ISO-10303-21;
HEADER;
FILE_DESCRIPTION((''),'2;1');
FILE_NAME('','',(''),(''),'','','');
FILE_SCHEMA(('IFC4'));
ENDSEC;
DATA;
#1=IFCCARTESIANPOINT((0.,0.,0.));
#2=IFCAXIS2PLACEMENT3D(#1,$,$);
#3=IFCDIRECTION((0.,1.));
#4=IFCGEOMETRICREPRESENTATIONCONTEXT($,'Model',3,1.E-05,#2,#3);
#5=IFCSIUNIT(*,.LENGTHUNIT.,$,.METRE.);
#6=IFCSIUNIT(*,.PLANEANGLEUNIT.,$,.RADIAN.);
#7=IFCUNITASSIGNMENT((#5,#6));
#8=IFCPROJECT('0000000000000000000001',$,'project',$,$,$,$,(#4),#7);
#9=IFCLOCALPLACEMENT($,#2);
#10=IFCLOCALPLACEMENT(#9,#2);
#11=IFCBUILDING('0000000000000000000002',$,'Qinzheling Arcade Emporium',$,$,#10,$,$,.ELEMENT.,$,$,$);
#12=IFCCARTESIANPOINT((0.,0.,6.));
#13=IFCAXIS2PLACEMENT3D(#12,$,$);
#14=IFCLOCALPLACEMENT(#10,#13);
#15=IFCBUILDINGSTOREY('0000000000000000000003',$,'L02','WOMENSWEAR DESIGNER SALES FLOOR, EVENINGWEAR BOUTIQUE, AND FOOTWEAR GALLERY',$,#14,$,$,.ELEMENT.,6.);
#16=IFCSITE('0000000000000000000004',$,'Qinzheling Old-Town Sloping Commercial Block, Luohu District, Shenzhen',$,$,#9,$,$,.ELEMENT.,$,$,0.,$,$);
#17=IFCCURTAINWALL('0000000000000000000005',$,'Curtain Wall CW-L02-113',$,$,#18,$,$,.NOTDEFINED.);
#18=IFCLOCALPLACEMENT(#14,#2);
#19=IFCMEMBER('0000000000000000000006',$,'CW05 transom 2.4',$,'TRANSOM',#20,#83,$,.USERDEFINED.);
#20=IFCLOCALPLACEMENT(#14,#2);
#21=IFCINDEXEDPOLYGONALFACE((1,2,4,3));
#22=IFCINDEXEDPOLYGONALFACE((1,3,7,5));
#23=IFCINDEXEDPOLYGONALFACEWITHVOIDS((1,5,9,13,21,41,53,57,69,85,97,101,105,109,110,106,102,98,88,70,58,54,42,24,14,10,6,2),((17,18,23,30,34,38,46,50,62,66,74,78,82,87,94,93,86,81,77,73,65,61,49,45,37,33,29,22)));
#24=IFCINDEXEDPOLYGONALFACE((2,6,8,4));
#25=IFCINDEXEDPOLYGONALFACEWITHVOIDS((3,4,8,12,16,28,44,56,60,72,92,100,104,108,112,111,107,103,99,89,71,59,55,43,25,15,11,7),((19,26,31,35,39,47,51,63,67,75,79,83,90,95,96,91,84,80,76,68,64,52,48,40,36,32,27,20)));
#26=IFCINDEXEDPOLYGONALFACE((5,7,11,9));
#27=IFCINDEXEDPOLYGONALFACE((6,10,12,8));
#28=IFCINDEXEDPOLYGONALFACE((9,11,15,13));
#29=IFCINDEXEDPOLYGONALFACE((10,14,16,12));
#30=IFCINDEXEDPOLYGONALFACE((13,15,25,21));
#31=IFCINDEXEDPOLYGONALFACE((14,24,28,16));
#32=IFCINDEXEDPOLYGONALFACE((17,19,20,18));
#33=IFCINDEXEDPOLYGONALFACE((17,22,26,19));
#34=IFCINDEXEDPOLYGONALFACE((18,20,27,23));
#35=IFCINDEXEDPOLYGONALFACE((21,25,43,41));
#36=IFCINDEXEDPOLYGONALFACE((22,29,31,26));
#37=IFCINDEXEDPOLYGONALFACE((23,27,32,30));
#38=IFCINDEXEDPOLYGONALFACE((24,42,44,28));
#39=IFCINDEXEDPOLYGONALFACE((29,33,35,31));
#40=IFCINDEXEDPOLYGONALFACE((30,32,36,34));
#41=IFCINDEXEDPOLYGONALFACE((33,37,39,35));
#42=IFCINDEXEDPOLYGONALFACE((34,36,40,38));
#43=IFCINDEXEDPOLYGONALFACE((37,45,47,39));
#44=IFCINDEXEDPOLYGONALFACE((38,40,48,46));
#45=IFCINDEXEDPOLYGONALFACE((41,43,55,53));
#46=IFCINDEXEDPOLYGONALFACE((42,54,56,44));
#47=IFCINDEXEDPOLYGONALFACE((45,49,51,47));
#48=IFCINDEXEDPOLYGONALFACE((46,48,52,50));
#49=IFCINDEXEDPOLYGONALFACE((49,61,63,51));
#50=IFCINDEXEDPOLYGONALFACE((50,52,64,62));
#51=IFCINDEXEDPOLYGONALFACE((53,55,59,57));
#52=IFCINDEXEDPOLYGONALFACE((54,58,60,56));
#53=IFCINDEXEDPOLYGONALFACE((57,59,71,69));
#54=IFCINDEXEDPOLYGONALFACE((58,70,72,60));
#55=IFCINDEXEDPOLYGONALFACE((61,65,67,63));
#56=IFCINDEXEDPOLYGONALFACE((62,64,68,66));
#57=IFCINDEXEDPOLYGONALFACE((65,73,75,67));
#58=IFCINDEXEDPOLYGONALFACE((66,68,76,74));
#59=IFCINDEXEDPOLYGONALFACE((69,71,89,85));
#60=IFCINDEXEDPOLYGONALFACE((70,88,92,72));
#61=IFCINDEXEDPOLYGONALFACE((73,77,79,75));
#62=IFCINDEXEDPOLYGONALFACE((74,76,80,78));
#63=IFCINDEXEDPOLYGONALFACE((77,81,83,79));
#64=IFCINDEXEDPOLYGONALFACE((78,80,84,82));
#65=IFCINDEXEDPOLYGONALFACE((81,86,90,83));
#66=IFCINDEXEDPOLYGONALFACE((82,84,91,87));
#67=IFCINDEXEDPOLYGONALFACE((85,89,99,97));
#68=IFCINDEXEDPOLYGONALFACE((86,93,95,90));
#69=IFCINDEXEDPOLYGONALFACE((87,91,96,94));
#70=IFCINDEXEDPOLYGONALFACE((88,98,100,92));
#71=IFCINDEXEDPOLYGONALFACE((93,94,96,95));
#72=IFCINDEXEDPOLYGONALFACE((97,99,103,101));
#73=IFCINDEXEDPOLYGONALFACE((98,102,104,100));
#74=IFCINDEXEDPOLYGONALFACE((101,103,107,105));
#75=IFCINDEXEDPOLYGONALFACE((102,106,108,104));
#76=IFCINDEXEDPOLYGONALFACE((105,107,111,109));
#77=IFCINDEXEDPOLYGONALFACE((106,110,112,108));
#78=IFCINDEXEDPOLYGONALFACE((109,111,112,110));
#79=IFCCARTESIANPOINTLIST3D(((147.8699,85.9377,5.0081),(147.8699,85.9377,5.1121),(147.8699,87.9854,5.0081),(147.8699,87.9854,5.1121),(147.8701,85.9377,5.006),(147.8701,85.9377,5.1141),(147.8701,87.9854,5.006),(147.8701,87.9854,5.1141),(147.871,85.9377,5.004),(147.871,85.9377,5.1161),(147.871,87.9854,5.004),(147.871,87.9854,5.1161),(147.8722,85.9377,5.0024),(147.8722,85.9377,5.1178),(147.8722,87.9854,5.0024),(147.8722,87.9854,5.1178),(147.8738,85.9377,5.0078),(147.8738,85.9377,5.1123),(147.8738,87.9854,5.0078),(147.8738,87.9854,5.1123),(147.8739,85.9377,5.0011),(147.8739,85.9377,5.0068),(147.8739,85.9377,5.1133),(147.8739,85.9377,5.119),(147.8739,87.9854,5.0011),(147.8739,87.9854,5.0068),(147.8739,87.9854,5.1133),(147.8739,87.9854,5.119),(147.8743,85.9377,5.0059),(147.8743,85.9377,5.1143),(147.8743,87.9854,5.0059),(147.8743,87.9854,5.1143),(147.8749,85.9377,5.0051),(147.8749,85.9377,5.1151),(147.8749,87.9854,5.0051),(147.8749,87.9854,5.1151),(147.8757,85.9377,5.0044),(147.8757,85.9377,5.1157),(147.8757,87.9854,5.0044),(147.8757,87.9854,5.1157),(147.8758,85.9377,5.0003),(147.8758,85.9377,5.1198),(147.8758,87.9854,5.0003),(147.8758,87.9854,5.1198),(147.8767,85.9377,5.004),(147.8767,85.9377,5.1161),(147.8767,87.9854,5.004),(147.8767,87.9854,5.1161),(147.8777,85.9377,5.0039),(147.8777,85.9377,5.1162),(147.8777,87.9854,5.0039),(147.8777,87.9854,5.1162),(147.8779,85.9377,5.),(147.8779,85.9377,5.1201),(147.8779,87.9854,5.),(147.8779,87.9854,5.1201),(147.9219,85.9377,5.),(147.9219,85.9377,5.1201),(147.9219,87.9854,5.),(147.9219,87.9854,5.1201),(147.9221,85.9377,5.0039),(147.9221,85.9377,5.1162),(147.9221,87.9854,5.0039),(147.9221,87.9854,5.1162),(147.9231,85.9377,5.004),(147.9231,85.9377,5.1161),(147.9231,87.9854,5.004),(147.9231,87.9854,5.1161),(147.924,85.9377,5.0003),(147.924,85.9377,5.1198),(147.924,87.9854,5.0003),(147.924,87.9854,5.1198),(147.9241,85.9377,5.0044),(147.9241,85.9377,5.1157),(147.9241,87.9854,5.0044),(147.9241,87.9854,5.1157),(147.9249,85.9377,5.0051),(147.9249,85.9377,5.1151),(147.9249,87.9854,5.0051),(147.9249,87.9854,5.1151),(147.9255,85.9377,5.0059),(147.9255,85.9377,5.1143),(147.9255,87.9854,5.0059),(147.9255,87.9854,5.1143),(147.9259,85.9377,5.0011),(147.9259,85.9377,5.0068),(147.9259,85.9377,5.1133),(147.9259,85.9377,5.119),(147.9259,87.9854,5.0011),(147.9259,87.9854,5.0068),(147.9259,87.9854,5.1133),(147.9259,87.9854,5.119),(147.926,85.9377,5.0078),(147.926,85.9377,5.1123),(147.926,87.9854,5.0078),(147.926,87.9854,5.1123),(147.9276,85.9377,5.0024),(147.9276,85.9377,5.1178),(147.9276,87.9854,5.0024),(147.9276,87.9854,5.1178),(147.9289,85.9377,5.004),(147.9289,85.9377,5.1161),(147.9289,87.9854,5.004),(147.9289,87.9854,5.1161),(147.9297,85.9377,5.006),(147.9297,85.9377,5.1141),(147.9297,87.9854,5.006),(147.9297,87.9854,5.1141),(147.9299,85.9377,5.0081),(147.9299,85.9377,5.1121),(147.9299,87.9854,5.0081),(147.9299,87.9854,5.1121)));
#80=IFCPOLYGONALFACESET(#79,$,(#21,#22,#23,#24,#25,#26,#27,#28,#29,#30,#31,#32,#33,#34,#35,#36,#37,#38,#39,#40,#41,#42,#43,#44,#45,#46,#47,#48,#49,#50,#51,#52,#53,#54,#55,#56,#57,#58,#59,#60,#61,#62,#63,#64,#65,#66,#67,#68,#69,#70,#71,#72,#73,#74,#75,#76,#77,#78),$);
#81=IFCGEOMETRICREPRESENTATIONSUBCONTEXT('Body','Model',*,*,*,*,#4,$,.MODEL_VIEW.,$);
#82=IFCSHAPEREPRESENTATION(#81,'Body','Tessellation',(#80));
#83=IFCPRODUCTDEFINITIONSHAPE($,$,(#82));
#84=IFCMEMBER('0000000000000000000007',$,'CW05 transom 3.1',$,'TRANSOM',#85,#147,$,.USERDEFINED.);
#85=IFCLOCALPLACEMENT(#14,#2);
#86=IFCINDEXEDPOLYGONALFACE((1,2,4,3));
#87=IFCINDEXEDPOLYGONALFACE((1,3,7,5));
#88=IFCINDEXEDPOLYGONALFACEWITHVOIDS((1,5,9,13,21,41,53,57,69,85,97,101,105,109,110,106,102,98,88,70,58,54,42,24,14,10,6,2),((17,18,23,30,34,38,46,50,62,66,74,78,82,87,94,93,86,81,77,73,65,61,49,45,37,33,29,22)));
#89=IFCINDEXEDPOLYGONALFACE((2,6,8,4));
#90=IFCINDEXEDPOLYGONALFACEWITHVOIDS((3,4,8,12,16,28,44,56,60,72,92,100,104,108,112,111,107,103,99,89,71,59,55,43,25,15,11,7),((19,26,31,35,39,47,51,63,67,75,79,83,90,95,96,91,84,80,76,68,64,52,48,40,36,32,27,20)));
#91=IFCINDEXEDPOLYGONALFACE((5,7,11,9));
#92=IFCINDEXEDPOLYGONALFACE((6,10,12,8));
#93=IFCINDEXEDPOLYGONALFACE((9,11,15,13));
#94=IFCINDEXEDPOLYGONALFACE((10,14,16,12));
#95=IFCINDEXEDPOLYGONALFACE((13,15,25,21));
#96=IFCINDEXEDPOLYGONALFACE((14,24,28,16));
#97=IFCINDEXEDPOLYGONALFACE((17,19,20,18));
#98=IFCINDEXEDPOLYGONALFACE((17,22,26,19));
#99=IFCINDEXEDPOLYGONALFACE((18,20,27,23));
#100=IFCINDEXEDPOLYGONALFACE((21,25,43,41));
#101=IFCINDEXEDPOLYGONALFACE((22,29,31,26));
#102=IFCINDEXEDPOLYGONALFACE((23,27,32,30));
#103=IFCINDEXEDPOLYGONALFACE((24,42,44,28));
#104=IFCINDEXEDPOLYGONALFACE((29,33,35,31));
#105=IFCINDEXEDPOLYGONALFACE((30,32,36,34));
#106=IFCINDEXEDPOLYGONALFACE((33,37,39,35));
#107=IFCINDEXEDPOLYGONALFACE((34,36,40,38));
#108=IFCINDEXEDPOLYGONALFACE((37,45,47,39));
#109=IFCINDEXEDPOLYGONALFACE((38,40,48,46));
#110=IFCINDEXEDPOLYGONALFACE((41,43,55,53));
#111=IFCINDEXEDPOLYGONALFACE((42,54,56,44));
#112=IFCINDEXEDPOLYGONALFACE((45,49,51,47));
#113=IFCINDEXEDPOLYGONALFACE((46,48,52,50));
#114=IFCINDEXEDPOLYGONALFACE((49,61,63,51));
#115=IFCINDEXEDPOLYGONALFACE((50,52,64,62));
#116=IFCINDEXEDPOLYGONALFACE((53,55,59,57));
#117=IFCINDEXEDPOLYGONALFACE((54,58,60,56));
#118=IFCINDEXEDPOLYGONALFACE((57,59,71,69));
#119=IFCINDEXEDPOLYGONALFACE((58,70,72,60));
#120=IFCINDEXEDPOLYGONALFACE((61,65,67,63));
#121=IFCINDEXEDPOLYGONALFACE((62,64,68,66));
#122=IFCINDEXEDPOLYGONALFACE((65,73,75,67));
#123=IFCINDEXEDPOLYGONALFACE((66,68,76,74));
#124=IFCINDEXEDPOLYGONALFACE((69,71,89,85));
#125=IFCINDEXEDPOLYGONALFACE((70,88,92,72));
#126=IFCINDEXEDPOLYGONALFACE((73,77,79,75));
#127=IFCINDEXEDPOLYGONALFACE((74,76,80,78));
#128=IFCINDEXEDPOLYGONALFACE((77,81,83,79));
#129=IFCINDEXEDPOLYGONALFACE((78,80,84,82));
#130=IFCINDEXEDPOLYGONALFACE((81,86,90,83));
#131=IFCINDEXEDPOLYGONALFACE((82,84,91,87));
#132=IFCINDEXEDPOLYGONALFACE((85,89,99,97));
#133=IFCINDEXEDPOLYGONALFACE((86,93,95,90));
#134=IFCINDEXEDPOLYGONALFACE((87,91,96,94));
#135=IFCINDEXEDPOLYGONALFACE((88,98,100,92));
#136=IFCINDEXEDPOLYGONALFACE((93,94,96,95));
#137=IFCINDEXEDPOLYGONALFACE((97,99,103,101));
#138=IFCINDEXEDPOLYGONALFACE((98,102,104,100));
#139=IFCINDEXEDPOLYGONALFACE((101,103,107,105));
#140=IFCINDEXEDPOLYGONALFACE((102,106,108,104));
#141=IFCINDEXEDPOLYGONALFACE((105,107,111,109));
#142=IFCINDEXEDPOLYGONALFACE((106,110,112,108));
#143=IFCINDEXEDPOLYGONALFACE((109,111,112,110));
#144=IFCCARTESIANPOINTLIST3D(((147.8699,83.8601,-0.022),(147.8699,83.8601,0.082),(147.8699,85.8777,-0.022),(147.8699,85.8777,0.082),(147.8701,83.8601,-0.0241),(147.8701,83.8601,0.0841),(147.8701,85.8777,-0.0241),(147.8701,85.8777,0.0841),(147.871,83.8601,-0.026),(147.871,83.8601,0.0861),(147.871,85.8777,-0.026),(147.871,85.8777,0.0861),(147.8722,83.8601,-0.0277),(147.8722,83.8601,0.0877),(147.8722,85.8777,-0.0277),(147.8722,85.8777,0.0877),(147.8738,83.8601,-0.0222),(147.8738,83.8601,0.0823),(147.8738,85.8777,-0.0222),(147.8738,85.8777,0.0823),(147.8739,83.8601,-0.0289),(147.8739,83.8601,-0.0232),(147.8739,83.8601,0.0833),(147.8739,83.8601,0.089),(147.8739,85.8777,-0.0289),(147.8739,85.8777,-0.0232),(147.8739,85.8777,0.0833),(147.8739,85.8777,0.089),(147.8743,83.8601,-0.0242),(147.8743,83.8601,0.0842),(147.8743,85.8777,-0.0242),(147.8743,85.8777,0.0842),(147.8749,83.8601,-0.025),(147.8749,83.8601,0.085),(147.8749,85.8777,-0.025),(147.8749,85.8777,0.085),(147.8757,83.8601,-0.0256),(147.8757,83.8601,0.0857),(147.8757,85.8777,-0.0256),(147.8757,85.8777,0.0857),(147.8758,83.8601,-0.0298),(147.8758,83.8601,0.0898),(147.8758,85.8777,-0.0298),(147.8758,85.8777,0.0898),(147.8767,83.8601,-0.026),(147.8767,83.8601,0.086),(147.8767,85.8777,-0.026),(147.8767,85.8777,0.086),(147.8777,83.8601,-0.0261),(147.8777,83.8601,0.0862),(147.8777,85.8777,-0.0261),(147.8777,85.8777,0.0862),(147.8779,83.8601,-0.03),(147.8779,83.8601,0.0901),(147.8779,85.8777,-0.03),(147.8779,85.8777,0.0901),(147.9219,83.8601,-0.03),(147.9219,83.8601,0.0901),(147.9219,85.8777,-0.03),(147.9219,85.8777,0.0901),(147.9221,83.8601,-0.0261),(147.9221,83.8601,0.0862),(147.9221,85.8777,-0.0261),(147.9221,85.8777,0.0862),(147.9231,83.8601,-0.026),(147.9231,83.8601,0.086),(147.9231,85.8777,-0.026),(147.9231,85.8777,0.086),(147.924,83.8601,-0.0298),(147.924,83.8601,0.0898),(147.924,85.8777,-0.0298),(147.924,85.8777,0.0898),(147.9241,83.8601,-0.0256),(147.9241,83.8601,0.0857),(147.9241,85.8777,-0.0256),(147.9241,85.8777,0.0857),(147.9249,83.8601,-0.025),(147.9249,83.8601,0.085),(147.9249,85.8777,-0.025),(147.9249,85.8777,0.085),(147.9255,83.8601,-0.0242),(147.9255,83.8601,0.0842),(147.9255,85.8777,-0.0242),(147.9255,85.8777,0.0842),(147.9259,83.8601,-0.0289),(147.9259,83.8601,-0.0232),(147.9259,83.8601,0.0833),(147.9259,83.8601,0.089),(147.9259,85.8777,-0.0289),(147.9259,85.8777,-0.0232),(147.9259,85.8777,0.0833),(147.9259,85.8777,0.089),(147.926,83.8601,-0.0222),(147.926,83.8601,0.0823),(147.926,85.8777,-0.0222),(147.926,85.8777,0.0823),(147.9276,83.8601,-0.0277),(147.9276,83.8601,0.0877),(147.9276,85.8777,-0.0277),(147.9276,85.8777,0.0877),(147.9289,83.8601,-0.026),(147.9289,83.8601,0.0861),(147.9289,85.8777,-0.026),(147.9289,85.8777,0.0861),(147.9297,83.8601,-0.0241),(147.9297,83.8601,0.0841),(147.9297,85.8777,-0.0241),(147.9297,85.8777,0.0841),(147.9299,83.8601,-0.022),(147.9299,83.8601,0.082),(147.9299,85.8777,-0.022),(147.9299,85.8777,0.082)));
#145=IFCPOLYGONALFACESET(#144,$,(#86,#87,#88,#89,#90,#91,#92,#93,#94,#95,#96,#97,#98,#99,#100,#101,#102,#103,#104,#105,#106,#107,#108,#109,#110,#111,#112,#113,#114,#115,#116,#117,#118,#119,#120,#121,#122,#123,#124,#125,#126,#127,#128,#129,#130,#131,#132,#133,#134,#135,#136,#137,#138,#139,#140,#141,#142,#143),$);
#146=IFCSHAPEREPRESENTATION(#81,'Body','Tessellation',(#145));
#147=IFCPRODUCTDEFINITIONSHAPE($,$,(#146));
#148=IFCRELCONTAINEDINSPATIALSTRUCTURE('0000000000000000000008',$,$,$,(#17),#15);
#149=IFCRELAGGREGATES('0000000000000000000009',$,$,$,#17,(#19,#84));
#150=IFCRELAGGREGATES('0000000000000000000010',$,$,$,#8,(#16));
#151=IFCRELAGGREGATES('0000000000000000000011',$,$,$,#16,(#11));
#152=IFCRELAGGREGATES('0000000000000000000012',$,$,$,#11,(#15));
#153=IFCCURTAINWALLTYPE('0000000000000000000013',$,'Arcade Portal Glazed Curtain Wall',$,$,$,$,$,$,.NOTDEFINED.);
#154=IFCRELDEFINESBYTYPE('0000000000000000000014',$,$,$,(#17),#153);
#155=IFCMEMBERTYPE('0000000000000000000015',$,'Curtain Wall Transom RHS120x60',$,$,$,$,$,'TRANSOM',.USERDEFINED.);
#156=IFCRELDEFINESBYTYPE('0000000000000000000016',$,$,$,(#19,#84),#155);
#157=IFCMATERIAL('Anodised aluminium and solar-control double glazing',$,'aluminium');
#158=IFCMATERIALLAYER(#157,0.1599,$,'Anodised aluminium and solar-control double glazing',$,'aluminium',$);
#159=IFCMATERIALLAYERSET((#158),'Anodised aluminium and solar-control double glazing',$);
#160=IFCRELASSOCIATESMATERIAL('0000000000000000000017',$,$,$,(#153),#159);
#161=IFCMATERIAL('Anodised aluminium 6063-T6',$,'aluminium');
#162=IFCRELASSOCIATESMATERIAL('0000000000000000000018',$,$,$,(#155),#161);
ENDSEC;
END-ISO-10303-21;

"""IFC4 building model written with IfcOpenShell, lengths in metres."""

from ifc_helpers import new_model, si_unit, direction, frame, origin, origin_2d, place, context, subcontext, project, spatial, hollow_rectangle, extrude, material, layer, layer_set, material_profile, profile_set, type_object, element, aggregate, save


model = new_model("IFC4")

# Units and contexts
model_context = context("Model", 3, precision=1e-05, world=origin(), true_north=direction((0.0, 1.0)))
body_context = subcontext(model_context, "Body", "Model", "MODEL_VIEW")
ifc_project = project(units=[si_unit("LENGTHUNIT", "METRE"), si_unit("PLANEANGLEUNIT", "RADIAN")], contexts=[model_context])

# Site, building, storey
site_placement = place(None, origin())
site = spatial("IfcSite", under=ifc_project, at=site_placement, Name="Qinzheling Old-Town Sloping Commercial Block, Luohu District, Shenzhen", CompositionType="ELEMENT", RefElevation=0.0)
building_placement = place(site_placement, origin())
building = spatial("IfcBuilding", under=site, at=building_placement, Name="Qinzheling Arcade Emporium", CompositionType="ELEMENT")
storey_placement = place(building_placement, frame((0.0, 0.0, 6.0)))
storey = spatial("IfcBuildingStorey", under=building, at=storey_placement, Name="L02", Description="WOMENSWEAR DESIGNER SALES FLOOR, EVENINGWEAR BOUTIQUE, AND FOOTWEAR GALLERY", CompositionType="ELEMENT", Elevation=6.0)

# Curtain wall
ifc_material_1 = material(Name="Anodised aluminium and solar-control double glazing", Category="aluminium")
ifc_layer_1 = layer(ifc_material_1, 0.1599, Name="Anodised aluminium and solar-control double glazing", Category="aluminium")
ifc_layer_set_1 = layer_set([ifc_layer_1], Name="Anodised aluminium and solar-control double glazing")
curtain_wall_type_1 = type_object("IfcCurtainWallType", Name="Arcade Portal Glazed Curtain Wall", PredefinedType="NOTDEFINED", material=ifc_layer_set_1)
curtain_wall_1_placement = place(storey_placement, origin())
curtain_wall_1 = element("IfcCurtainWall", 1, at=curtain_wall_1_placement, inside=storey, type_object=curtain_wall_type_1, Name="Curtain Wall CW-L02-113", PredefinedType="NOTDEFINED")
ifc_material_2 = material(Name="Anodised aluminium 6063-T6", Category="aluminium")

# Members
ifc_material_profile_1 = material_profile(ifc_material_2, hollow_rectangle(XDim=0.0601, YDim=0.1201, WallThickness=0.0039, InnerFilletRadius=0.0039, OuterFilletRadius=0.0081, at=origin_2d()), Name="RHS 120x60x4", Category="aluminium")
ifc_profile_set_1 = profile_set([ifc_material_profile_1], Name="Anodised aluminium 6063-T6")
member_type_1 = type_object("IfcMemberType", Name="Curtain Wall Transom RHS120x60", ElementType="TRANSOM", PredefinedType="USERDEFINED", material=ifc_profile_set_1)
member_1_placement = place(storey_placement, frame((147.8999, 87.9854, 5.0601), z_axis=(0.0, -1.0, 0.0), x_axis=(1.0, 0.0, 0.0)))
member_1 = element("IfcMember", 2, at=member_1_placement, type_object=member_type_1, Name="CW05 transom 2.4", ObjectType="TRANSOM", PredefinedType="USERDEFINED", context=body_context, shape_type="SweptSolid", body=[
    extrude(hollow_rectangle(XDim=0.0601, YDim=0.1201, WallThickness=0.0039, InnerFilletRadius=0.0039, OuterFilletRadius=0.0081, at=origin_2d()), origin(), (0.0, 0.0, 1.0), 2.0476),
])
member_2_placement = place(storey_placement, frame((147.8999, 85.8777, 0.03), z_axis=(0.0, -1.0, 0.0), x_axis=(1.0, 0.0, 0.0)))
member_2 = element("IfcMember", 3, at=member_2_placement, type_object=member_type_1, Name="CW05 transom 3.1", ObjectType="TRANSOM", PredefinedType="USERDEFINED", context=body_context, shape_type="SweptSolid", body=[
    extrude(hollow_rectangle(XDim=0.0601, YDim=0.1201, WallThickness=0.0039, InnerFilletRadius=0.0039, OuterFilletRadius=0.0081, at=origin_2d()), origin(), (0.0, 0.0, 1.0), 2.0176),
])

aggregate(curtain_wall_1, [member_1, member_2])

save(model, "model.ifc")
